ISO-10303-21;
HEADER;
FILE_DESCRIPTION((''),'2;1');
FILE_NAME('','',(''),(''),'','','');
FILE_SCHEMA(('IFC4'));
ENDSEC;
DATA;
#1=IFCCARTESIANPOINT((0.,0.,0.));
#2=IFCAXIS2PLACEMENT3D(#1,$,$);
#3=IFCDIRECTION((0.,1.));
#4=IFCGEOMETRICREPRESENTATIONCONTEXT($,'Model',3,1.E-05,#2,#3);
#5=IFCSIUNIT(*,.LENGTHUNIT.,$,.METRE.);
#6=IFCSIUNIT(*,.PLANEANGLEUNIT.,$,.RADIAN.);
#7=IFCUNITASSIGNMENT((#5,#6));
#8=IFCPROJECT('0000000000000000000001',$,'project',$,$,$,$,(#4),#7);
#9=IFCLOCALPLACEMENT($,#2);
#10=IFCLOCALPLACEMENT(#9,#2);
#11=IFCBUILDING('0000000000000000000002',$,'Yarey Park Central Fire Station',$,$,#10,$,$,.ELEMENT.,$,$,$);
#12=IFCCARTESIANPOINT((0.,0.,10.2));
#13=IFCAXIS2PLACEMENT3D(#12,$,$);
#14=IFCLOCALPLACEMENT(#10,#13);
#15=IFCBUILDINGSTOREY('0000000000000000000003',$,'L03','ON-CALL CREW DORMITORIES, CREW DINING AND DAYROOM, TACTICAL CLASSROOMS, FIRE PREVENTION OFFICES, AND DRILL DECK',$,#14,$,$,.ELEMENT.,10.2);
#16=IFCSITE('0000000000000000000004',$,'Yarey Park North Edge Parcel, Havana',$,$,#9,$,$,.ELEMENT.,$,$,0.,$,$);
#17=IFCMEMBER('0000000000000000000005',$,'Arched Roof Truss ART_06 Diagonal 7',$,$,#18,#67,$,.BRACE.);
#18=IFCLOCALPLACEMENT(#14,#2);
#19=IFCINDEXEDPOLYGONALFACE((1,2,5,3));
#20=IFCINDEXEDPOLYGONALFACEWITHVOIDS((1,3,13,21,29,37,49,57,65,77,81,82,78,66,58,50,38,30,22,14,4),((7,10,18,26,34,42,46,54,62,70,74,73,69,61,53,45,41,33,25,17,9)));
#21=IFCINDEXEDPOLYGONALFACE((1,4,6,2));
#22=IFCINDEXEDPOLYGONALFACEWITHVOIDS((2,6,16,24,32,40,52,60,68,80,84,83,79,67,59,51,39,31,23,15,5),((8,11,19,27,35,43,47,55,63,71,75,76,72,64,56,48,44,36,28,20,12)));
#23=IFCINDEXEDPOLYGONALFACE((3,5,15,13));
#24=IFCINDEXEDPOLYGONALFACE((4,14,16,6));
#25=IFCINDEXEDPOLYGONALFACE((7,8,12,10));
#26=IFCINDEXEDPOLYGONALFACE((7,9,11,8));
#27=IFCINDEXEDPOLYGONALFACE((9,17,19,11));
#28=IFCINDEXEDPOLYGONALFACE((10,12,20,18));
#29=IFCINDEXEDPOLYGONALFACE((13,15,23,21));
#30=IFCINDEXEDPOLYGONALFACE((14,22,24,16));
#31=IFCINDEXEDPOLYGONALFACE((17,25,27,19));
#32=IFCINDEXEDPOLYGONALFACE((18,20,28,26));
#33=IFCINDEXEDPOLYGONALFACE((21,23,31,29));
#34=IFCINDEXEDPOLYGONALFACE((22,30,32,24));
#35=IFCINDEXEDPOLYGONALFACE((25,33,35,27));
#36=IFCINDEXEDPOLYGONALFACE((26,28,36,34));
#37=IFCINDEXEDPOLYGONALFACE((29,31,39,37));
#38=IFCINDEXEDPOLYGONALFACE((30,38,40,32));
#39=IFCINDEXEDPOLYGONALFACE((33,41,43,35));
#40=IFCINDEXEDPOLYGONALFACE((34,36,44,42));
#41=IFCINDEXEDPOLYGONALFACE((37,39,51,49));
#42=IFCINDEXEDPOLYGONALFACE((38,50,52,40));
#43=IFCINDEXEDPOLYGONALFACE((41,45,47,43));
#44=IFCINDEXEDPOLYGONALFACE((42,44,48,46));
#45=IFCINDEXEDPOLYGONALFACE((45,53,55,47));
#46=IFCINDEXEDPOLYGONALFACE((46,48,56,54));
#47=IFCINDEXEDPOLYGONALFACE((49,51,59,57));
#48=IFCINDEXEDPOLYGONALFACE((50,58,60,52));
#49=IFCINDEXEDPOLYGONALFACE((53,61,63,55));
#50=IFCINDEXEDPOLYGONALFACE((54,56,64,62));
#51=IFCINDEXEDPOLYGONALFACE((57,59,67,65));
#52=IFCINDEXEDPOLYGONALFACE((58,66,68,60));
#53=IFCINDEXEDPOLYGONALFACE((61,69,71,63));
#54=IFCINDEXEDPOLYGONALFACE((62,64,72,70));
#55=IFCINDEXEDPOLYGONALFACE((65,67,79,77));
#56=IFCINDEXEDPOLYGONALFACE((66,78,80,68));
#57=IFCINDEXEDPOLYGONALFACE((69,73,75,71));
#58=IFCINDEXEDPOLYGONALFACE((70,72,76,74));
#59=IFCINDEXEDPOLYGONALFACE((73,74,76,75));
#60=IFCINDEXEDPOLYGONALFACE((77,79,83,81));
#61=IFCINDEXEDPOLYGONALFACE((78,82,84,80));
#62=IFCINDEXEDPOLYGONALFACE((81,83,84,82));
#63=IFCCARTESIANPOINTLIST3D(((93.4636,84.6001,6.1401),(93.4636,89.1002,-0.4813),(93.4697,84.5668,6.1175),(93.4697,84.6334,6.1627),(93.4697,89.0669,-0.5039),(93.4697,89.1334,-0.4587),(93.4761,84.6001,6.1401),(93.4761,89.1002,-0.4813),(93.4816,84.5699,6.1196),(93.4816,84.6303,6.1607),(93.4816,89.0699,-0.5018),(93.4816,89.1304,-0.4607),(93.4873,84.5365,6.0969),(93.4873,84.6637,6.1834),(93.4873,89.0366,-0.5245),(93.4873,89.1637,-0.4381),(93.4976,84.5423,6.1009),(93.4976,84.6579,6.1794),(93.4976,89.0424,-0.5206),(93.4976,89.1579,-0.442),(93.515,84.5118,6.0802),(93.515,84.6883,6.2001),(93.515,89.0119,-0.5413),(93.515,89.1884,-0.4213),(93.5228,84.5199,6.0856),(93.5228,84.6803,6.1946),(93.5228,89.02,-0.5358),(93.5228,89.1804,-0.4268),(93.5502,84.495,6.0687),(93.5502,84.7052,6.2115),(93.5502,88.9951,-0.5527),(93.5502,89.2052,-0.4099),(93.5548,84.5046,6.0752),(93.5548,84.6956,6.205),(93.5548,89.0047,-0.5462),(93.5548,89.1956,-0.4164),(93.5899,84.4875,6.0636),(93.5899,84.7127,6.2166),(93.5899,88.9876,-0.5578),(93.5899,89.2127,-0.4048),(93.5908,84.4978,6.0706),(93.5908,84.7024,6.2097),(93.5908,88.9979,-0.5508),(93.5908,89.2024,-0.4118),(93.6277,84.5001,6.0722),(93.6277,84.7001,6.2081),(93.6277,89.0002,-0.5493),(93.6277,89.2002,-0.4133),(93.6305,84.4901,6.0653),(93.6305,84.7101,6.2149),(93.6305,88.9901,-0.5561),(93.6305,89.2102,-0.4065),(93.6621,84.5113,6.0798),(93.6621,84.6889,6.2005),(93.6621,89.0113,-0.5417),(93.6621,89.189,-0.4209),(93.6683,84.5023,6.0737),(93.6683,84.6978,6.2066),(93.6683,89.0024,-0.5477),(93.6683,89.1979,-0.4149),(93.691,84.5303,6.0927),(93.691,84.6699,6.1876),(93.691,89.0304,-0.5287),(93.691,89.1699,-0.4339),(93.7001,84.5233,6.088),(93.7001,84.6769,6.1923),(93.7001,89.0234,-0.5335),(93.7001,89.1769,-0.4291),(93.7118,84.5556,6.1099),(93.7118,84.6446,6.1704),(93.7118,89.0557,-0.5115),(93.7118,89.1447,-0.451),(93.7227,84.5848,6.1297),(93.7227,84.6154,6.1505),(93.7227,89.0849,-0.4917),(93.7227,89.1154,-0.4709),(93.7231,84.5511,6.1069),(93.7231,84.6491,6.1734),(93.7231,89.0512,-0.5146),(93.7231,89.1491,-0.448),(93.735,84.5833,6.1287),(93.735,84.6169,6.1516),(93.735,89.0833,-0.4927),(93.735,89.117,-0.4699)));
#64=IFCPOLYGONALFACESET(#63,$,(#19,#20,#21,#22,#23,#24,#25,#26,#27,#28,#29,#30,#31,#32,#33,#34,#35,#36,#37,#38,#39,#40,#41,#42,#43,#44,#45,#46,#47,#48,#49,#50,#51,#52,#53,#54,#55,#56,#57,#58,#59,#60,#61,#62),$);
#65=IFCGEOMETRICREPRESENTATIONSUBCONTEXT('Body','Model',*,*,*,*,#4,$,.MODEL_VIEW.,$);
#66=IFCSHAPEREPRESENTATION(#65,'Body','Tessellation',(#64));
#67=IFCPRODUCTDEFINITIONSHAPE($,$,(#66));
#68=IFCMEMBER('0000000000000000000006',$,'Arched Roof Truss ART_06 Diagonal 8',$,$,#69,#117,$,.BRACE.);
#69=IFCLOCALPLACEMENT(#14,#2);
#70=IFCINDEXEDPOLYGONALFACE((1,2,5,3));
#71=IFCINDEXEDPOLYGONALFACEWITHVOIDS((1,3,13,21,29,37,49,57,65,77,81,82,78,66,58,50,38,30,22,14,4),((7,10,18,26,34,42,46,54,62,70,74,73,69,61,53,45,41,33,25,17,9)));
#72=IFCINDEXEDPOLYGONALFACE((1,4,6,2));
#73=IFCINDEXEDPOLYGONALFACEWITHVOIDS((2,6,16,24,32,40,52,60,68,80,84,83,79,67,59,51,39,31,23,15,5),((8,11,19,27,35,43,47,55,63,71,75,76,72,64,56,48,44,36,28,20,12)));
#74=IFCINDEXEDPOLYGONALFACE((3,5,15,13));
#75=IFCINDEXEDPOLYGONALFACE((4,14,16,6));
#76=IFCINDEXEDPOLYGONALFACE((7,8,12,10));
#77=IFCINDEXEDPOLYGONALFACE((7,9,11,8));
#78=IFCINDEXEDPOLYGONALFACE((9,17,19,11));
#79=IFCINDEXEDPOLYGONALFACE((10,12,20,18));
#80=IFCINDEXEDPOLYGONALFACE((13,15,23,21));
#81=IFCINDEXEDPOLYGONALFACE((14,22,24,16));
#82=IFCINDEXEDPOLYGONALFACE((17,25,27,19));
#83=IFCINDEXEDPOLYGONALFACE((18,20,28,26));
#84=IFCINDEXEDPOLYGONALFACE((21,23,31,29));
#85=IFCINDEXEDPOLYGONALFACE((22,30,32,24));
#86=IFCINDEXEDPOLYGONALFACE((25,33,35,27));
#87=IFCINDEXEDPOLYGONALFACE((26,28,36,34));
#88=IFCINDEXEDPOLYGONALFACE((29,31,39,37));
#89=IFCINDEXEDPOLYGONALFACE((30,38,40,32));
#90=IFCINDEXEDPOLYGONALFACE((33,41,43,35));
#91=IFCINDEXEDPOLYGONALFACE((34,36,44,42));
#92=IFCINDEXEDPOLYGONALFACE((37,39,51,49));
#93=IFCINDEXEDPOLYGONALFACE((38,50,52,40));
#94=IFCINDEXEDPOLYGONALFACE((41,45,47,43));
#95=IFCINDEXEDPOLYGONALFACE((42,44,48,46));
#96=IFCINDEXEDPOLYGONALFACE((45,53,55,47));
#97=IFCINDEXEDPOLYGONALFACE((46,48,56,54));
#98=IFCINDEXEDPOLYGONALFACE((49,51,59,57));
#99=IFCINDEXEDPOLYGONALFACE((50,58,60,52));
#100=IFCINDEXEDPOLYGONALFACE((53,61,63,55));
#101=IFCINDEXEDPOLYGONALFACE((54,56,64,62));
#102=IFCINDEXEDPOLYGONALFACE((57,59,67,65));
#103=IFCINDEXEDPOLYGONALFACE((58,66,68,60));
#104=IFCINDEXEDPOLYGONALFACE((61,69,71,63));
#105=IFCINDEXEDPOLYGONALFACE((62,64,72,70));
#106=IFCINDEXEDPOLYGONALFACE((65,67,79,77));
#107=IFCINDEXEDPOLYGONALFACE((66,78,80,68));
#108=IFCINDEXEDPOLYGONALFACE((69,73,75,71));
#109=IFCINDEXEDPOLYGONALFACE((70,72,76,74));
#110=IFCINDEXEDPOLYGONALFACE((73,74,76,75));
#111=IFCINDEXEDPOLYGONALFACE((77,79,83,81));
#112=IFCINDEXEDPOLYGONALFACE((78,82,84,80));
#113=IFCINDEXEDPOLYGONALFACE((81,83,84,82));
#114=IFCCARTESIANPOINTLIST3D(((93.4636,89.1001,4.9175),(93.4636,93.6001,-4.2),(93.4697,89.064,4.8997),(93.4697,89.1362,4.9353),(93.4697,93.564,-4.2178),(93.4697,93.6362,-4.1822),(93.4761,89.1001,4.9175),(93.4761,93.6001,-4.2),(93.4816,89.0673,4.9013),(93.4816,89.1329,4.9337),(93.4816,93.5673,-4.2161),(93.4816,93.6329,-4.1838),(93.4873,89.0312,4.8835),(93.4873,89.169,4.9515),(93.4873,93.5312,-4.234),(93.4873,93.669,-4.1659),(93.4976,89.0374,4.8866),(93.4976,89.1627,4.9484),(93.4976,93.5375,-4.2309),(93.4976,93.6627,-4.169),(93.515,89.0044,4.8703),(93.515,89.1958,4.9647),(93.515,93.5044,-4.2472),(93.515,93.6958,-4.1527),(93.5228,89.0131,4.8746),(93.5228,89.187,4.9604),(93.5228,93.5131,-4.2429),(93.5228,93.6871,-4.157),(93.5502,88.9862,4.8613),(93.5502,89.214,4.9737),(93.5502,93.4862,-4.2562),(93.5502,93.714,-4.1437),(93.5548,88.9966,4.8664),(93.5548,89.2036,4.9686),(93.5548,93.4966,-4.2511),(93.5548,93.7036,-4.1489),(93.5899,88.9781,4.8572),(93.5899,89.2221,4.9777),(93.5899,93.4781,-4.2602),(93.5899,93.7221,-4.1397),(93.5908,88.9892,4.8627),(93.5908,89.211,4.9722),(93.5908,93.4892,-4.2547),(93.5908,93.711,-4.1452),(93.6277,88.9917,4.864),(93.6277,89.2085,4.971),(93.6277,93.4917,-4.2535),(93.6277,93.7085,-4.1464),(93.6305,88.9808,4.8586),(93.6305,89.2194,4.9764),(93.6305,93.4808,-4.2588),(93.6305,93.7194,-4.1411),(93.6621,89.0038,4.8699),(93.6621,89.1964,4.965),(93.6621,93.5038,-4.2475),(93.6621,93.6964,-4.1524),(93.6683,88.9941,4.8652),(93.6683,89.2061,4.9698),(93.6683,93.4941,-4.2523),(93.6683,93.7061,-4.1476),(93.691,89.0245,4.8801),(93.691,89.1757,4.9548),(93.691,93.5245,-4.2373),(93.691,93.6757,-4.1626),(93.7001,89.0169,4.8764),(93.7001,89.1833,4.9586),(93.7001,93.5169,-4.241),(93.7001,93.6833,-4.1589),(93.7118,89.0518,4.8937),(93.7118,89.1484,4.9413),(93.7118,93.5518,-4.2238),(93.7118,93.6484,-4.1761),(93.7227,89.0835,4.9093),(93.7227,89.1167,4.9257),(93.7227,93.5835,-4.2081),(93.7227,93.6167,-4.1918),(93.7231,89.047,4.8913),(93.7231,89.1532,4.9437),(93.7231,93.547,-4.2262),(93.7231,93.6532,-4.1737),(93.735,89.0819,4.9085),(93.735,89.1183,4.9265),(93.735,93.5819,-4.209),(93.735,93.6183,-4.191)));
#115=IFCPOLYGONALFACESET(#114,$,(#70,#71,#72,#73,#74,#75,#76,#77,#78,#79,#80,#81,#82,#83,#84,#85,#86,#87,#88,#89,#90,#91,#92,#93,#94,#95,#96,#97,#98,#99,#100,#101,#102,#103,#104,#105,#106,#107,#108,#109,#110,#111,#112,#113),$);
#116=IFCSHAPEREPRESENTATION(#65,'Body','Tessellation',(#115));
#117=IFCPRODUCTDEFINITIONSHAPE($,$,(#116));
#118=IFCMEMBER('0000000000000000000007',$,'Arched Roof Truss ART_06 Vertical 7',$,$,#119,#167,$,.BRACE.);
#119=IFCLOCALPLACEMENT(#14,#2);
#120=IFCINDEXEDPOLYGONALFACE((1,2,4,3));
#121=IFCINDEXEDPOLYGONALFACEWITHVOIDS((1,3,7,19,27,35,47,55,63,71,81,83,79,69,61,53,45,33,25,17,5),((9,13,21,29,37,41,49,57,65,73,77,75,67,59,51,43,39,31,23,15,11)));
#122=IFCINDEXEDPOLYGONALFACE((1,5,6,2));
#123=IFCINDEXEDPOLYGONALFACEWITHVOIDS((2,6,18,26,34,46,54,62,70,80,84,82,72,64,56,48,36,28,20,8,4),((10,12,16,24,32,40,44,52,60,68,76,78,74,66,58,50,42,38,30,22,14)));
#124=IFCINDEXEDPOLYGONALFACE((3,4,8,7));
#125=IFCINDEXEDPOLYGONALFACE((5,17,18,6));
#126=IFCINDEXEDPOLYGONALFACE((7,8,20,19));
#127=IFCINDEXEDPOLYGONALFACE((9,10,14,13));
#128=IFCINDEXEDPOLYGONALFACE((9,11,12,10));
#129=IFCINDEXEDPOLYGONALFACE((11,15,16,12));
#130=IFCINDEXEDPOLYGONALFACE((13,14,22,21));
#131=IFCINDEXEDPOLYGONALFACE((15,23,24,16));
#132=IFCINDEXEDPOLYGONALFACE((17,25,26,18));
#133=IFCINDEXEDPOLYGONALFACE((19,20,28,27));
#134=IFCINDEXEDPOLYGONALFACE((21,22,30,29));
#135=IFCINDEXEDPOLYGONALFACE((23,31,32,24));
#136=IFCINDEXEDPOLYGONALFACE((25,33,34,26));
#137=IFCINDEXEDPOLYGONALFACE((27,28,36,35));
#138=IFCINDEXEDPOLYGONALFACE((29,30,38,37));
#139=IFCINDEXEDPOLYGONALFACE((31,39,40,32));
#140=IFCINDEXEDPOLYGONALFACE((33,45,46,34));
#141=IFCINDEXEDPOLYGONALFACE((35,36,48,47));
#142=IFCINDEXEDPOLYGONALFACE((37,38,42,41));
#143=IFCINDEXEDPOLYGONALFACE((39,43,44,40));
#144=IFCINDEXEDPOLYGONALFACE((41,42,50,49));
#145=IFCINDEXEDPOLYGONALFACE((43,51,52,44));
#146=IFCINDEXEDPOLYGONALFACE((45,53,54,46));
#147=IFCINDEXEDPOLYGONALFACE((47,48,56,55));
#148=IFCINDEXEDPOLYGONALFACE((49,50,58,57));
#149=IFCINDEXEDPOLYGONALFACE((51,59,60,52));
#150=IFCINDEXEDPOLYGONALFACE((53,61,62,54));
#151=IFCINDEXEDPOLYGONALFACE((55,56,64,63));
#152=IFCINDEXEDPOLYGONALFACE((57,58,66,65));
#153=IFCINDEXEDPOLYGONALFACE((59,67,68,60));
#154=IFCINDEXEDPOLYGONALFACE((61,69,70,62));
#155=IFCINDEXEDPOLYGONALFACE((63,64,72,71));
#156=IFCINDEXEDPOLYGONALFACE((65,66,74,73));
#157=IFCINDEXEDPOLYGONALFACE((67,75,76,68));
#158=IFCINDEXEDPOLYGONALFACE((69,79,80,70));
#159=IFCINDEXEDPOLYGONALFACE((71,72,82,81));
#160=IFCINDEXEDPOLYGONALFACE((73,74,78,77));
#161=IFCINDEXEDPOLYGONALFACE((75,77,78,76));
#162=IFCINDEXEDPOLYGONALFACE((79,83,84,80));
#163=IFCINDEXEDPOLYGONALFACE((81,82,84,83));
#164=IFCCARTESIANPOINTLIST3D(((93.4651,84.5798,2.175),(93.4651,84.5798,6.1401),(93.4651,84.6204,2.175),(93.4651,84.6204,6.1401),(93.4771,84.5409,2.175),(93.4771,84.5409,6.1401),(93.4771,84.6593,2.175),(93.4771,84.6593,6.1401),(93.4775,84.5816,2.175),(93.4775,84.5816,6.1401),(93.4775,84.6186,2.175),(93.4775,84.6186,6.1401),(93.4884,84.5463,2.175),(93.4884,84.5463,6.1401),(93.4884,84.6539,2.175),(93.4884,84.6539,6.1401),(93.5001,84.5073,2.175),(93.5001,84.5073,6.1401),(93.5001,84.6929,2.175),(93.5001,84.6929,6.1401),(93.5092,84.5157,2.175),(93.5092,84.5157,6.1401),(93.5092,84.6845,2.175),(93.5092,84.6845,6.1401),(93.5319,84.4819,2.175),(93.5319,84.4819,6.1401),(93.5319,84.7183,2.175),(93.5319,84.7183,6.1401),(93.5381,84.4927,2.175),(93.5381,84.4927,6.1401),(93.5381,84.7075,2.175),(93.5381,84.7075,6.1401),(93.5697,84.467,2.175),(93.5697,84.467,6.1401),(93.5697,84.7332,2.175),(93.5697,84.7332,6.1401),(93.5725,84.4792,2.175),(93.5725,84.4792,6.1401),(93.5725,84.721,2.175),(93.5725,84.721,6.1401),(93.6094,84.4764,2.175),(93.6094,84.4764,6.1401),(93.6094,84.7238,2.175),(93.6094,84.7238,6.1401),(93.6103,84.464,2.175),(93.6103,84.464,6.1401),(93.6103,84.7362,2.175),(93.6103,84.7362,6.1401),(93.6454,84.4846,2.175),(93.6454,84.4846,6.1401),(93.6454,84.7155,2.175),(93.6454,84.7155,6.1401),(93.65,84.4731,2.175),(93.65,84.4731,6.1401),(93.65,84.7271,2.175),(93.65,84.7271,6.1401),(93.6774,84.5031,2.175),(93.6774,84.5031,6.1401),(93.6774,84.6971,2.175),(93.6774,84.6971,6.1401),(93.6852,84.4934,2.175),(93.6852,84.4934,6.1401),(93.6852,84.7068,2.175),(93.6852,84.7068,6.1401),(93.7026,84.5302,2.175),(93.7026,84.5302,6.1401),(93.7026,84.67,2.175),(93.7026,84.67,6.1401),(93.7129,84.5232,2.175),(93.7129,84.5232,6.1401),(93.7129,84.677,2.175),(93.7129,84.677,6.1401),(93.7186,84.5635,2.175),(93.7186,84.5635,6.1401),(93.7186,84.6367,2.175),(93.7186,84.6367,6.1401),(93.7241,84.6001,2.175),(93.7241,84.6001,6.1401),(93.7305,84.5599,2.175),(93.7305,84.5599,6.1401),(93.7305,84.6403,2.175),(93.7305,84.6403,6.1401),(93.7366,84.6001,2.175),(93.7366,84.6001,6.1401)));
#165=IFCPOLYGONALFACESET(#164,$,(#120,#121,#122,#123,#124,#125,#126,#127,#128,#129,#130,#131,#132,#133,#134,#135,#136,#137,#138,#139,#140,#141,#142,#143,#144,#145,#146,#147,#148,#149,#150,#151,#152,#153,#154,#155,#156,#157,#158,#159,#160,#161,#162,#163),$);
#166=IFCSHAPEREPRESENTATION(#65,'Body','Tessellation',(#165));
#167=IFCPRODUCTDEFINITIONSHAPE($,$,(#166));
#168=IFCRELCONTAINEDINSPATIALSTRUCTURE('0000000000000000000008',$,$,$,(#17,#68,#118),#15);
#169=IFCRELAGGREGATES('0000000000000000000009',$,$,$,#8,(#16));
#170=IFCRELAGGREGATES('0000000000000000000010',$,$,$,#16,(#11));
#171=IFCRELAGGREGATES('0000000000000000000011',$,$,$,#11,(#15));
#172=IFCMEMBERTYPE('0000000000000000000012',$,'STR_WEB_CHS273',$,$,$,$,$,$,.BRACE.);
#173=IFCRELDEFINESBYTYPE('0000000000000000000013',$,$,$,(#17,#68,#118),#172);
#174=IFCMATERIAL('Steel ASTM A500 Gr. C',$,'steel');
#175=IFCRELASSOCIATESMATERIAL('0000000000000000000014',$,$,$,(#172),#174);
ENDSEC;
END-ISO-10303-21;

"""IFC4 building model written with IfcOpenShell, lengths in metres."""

from ifc_helpers import new_model, si_unit, direction, frame, origin, origin_2d, place, context, subcontext, project, spatial, hollow_circle, extrude, material, material_profile, profile_set, type_object, element, save


model = new_model("IFC4")

# Units and contexts
model_context = context("Model", 3, precision=1e-05, world=origin(), true_north=direction((0.0, 1.0)))
body_context = subcontext(model_context, "Body", "Model", "MODEL_VIEW")
ifc_project = project(units=[si_unit("LENGTHUNIT", "METRE"), si_unit("PLANEANGLEUNIT", "RADIAN")], contexts=[model_context])

# Site, building, storey
site_placement = place(None, origin())
site = spatial("IfcSite", under=ifc_project, at=site_placement, Name="Yarey Park North Edge Parcel, Havana", CompositionType="ELEMENT", RefElevation=0.0)
building_placement = place(site_placement, origin())
building = spatial("IfcBuilding", under=site, at=building_placement, Name="Yarey Park Central Fire Station", CompositionType="ELEMENT")
storey_placement = place(building_placement, frame((0.0, 0.0, 10.2)))
storey = spatial("IfcBuildingStorey", under=building, at=storey_placement, Name="L03", Description="ON-CALL CREW DORMITORIES, CREW DINING AND DAYROOM, TACTICAL CLASSROOMS, FIRE PREVENTION OFFICES, AND DRILL DECK", CompositionType="ELEMENT", Elevation=10.2)

# Members
ifc_material_1 = material(Name="Steel ASTM A500 Gr. C", Category="steel")
ifc_material_profile_1 = material_profile(ifc_material_1, hollow_circle(Radius=0.1365, WallThickness=0.0125, at=origin_2d()), Name="CHS 273x12.5")
ifc_profile_set_1 = profile_set([ifc_material_profile_1], Name="Steel ASTM A500 Gr. C")
member_type_1 = type_object("IfcMemberType", Name="STR_WEB_CHS273", PredefinedType="BRACE", material=ifc_profile_set_1)
member_1_placement = place(storey_placement, frame((93.6001, 84.6001, 6.1401), z_axis=(0.0, 0.562096, -0.827072), x_axis=(-1.0, 0.0, 0.0)))
element("IfcMember", 1, at=member_1_placement, inside=storey, type_object=member_type_1, Name="Arched Roof Truss ART_06 Diagonal 7", PredefinedType="BRACE", context=body_context, shape_type="SweptSolid", body=[
    extrude(hollow_circle(Radius=0.1365, WallThickness=0.0125, at=origin_2d()), origin(), (0.0, 0.0, 1.0), 8.0059),
])
member_2_placement = place(storey_placement, frame((93.6001, 89.1001, 4.9175), z_axis=(0.0, 0.442588, -0.896725), x_axis=(-1.0, 0.0, 0.0)))
element("IfcMember", 2, at=member_2_placement, inside=storey, type_object=member_type_1, Name="Arched Roof Truss ART_06 Diagonal 8", PredefinedType="BRACE", context=body_context, shape_type="SweptSolid", body=[
    extrude(hollow_circle(Radius=0.1365, WallThickness=0.0125, at=origin_2d()), origin(), (0.0, 0.0, 1.0), 10.1675),
])
member_3_placement = place(storey_placement, frame((93.6001, 84.6001, 2.175), z_axis=(0.0, 0.0, 1.0), x_axis=(1.0, 0.0, 0.0)))
element("IfcMember", 3, at=member_3_placement, inside=storey, type_object=member_type_1, Name="Arched Roof Truss ART_06 Vertical 7", PredefinedType="BRACE", context=body_context, shape_type="SweptSolid", body=[
    extrude(hollow_circle(Radius=0.1365, WallThickness=0.0125, at=origin_2d()), origin(), (0.0, 0.0, 1.0), 3.9651),
])

save(model, "model.ifc")
